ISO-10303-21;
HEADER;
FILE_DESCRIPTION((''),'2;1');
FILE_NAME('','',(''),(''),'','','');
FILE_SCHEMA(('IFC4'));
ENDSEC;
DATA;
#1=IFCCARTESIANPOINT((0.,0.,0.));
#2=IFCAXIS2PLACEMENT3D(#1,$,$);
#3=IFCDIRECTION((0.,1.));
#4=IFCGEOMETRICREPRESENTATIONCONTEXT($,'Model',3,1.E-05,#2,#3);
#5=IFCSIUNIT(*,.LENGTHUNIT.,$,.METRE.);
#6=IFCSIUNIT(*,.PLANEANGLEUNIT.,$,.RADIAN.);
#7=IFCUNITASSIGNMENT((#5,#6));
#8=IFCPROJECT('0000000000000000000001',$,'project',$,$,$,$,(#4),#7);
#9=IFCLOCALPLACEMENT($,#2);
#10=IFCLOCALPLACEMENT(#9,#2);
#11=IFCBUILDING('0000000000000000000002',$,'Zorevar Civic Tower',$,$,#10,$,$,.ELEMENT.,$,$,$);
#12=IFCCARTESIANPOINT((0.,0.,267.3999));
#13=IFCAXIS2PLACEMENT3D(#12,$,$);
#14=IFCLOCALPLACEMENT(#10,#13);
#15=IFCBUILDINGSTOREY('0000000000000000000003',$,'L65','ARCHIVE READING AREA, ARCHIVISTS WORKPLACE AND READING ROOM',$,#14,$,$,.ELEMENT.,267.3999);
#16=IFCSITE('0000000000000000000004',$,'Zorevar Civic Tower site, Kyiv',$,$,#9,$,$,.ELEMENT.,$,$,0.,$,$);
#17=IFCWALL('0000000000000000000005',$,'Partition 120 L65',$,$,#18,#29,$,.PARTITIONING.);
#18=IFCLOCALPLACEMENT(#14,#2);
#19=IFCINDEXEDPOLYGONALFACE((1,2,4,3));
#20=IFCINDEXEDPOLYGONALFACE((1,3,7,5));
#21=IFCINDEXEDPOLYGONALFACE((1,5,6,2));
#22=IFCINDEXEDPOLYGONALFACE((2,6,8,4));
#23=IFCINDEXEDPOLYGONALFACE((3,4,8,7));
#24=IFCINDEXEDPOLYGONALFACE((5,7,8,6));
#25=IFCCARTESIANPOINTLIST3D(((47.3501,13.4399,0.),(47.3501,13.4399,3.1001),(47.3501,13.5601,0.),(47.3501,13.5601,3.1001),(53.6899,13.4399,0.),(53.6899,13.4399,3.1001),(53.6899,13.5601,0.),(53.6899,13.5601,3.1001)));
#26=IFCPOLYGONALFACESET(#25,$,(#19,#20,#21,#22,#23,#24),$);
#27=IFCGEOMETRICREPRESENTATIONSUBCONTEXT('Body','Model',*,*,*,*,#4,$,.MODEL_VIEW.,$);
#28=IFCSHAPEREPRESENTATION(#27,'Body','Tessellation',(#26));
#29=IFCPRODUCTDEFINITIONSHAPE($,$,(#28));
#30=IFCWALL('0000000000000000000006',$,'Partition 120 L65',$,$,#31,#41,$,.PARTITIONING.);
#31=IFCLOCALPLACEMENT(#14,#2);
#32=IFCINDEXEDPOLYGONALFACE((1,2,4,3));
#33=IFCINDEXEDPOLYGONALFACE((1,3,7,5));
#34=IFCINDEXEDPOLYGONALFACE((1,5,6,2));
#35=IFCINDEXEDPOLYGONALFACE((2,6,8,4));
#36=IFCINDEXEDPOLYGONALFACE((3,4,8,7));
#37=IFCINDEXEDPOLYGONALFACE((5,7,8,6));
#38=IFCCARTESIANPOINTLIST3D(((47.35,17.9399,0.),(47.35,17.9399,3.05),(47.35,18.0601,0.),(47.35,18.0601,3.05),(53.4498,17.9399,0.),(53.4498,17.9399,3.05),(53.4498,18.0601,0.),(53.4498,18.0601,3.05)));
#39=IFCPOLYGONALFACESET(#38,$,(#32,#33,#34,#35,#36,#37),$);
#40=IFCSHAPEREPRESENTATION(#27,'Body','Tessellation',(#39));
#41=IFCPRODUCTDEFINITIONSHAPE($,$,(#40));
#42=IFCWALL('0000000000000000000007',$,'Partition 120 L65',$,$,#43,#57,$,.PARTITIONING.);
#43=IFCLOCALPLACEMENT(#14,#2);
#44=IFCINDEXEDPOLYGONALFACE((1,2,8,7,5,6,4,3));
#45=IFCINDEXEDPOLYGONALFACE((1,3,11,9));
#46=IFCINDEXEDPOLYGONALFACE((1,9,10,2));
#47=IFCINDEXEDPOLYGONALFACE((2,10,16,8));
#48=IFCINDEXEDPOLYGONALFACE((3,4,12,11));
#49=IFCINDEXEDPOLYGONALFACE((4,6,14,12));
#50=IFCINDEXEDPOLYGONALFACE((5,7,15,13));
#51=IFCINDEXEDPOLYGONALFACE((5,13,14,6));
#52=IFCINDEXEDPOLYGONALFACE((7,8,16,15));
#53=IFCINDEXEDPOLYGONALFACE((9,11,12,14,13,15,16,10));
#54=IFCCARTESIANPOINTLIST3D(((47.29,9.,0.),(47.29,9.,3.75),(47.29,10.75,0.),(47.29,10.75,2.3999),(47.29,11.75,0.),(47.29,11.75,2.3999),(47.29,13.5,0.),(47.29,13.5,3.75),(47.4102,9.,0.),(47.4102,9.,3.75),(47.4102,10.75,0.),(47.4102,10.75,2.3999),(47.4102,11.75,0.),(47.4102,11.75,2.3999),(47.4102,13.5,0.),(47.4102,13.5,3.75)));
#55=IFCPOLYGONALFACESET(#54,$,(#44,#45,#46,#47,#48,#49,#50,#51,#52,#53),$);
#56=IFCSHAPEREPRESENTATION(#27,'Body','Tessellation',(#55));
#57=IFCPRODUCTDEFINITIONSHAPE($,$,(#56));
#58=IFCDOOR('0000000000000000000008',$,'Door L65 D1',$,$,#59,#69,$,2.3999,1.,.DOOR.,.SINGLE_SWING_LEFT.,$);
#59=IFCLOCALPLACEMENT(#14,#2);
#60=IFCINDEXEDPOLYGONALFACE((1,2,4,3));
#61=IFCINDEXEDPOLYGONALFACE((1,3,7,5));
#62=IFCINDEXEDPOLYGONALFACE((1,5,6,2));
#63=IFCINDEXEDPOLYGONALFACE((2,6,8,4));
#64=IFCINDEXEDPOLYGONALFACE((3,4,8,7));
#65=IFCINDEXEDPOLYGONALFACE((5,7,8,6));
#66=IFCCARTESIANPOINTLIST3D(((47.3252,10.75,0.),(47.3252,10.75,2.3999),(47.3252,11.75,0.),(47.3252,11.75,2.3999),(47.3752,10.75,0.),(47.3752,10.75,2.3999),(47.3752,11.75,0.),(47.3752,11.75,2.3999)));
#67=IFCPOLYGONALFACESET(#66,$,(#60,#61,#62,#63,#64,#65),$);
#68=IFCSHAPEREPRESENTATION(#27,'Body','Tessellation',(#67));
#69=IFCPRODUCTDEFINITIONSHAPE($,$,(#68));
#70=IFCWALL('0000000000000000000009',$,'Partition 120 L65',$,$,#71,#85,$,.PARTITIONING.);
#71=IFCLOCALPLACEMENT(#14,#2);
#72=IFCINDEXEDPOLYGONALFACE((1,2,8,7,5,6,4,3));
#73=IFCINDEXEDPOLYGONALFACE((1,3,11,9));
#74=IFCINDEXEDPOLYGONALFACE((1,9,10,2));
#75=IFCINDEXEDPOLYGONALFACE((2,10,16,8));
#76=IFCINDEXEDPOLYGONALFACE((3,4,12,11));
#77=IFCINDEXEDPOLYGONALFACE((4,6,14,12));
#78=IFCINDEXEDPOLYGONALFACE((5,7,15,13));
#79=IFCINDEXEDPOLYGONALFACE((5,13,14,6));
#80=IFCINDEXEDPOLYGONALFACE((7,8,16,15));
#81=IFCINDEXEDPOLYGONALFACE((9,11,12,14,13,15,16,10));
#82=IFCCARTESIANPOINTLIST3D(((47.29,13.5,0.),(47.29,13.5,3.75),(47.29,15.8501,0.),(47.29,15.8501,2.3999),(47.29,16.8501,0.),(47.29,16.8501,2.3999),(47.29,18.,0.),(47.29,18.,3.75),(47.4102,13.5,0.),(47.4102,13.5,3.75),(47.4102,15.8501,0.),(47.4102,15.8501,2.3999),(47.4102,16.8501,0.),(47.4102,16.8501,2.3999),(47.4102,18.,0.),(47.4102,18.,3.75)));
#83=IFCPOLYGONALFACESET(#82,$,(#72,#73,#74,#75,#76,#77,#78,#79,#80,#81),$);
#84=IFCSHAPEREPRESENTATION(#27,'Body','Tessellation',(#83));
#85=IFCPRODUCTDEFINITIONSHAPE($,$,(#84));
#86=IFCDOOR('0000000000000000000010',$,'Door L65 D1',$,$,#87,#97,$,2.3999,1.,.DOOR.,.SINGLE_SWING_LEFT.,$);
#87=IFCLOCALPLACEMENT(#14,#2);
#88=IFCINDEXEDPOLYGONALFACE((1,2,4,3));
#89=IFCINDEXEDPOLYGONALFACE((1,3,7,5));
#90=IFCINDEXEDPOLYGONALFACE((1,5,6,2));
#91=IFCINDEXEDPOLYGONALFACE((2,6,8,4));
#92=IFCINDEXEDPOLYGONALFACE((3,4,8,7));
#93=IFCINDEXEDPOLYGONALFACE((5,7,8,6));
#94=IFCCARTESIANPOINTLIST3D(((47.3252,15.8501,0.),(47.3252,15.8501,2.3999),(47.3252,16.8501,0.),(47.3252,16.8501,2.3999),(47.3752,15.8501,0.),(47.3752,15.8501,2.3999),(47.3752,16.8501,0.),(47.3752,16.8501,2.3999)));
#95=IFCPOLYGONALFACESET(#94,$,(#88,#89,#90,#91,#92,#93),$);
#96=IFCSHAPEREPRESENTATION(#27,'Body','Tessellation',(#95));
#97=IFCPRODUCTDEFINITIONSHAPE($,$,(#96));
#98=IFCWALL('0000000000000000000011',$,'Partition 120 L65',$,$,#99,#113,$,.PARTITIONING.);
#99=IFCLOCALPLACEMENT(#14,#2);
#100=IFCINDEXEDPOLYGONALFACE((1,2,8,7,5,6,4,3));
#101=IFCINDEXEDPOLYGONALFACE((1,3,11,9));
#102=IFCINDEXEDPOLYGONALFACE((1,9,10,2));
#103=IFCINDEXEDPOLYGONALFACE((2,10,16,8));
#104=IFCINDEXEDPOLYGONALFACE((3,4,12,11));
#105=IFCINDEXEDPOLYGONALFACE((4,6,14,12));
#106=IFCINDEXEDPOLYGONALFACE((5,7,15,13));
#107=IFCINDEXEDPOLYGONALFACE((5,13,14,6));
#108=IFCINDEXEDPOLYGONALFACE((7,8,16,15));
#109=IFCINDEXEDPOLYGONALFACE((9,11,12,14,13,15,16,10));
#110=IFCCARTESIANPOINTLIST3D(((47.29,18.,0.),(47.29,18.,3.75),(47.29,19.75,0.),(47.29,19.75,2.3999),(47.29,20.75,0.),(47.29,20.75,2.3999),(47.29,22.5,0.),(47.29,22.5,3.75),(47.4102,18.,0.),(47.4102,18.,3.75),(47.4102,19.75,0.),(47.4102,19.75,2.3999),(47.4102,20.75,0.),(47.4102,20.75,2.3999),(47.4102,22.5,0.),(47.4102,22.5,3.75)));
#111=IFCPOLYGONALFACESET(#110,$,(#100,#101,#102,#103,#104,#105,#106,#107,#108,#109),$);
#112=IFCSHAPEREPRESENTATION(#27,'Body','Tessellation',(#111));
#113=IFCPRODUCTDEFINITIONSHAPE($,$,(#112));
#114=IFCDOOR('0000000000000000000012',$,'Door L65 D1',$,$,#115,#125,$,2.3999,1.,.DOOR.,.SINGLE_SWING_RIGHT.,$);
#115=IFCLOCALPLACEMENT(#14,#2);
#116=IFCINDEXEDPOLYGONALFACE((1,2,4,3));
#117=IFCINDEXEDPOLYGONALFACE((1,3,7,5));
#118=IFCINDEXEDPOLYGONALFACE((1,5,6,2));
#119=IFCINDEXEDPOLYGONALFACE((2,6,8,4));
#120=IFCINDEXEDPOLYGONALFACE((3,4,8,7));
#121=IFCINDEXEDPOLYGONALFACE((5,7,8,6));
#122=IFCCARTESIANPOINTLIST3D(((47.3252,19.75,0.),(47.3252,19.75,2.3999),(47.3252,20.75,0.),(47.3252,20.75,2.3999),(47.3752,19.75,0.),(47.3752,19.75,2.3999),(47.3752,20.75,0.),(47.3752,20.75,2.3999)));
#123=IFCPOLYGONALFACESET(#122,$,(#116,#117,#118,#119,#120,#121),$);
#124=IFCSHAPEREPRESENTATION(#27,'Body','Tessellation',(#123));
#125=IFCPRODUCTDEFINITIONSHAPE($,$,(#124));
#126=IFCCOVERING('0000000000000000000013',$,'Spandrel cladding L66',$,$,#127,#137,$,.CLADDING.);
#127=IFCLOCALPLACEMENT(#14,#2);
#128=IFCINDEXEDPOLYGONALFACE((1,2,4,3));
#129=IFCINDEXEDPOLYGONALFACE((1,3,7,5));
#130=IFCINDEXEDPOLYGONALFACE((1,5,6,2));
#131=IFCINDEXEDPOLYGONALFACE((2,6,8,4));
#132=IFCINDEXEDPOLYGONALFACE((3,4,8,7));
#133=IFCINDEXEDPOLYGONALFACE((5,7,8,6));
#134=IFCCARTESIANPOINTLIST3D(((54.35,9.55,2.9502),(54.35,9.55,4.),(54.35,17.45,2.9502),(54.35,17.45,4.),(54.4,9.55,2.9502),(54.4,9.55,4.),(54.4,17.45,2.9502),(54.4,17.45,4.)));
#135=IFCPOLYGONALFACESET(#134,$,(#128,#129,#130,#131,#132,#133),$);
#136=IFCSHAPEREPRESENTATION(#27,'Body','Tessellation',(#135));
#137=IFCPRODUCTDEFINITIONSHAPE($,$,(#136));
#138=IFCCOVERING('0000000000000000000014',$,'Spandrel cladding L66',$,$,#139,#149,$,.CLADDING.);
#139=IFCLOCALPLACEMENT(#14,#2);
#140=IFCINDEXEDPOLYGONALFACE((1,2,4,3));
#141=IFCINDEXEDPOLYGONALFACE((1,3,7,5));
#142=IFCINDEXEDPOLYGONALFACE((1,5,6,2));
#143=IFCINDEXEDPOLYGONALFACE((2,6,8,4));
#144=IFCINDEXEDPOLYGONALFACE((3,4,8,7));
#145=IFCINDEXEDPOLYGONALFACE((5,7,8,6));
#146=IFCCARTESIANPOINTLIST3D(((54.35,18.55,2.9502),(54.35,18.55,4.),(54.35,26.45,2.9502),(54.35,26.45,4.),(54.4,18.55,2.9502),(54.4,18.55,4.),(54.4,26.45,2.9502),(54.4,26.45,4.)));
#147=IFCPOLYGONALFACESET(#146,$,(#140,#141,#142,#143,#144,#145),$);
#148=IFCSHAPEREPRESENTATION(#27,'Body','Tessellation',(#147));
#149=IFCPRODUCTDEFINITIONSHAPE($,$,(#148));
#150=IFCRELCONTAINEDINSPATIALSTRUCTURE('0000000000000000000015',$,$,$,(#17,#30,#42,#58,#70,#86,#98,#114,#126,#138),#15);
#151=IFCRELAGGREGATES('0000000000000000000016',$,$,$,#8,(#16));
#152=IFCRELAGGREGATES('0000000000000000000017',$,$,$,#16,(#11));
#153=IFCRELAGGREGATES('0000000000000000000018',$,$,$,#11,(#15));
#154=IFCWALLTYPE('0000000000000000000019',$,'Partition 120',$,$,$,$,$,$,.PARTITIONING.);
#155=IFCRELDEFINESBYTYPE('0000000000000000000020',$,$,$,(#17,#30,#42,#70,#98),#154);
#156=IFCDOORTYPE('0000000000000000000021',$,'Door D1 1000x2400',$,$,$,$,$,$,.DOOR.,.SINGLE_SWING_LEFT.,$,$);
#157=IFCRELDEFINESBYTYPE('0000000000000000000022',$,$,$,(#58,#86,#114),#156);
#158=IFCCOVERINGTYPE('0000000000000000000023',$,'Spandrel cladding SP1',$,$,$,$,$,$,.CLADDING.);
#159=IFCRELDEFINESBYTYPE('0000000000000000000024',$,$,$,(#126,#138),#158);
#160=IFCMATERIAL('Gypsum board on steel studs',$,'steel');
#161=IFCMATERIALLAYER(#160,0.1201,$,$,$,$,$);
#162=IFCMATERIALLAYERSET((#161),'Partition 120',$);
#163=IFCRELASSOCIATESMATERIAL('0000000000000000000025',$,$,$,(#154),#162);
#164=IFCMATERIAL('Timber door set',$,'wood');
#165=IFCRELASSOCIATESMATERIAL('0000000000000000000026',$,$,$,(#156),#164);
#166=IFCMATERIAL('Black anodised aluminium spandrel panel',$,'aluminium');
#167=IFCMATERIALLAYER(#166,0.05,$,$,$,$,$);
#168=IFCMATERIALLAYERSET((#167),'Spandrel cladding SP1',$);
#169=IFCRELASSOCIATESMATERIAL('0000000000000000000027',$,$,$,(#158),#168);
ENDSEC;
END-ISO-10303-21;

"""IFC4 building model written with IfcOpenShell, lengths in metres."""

from ifc_helpers import new_model, si_unit, direction, frame, frame_2d, origin, place, context, subcontext, project, spatial, rectangle, extrude, material, layer, layer_set, type_object, element, fill, save


model = new_model("IFC4")

# Units and contexts
model_context = context("Model", 3, precision=1e-05, world=origin(), true_north=direction((0.0, 1.0)))
body_context = subcontext(model_context, "Body", "Model", "MODEL_VIEW")
ifc_project = project(units=[si_unit("LENGTHUNIT", "METRE"), si_unit("PLANEANGLEUNIT", "RADIAN")], contexts=[model_context])

# Site, building, storey
site_placement = place(None, origin())
site = spatial("IfcSite", under=ifc_project, at=site_placement, Name="Zorevar Civic Tower site, Kyiv", CompositionType="ELEMENT", RefElevation=0.0)
building_placement = place(site_placement, origin())
building = spatial("IfcBuilding", under=site, at=building_placement, Name="Zorevar Civic Tower", CompositionType="ELEMENT")
storey_placement = place(building_placement, frame((0.0, 0.0, 267.3999)))
storey = spatial("IfcBuildingStorey", under=building, at=storey_placement, Name="L65", Description="ARCHIVE READING AREA, ARCHIVISTS WORKPLACE AND READING ROOM", CompositionType="ELEMENT", Elevation=267.3999)

# Walls
ifc_material_1 = material(Name="Gypsum board on steel studs", Category="steel")
ifc_layer_1 = layer(ifc_material_1, 0.1201)
ifc_layer_set_1 = layer_set([ifc_layer_1], Name="Partition 120")
wall_type_1 = type_object("IfcWallType", Name="Partition 120", PredefinedType="PARTITIONING", material=ifc_layer_set_1)
wall_1_placement = place(storey_placement, frame((47.3501, 13.5, 0.0), z_axis=(0.0, 0.0, 1.0), x_axis=(1.0, 0.0, 0.0)))
element("IfcWall", 1, at=wall_1_placement, inside=storey, type_object=wall_type_1, Name="Partition 120 L65", PredefinedType="PARTITIONING", context=body_context, shape_type="SweptSolid", body=[
    extrude(rectangle(XDim=6.3398, YDim=0.1201, at=frame_2d((3.1699, 0.0))), origin(), (0.0, 0.0, 1.0), 3.1001),
])
wall_2_placement = place(storey_placement, frame((47.3501, 18.0, 0.0), z_axis=(0.0, 0.0, 1.0), x_axis=(1.0, 0.0, 0.0)))
element("IfcWall", 2, at=wall_2_placement, inside=storey, type_object=wall_type_1, Name="Partition 120 L65", PredefinedType="PARTITIONING", context=body_context, shape_type="SweptSolid", body=[
    extrude(rectangle(XDim=6.0999, YDim=0.1201, at=frame_2d((3.0498, 0.0))), origin(), (0.0, 0.0, 1.0), 3.05),
])

# Walls, openings, doors
wall_3_placement = place(storey_placement, frame((47.3501, 9.0, 0.0), z_axis=(0.0, 0.0, 1.0), x_axis=(0.0, 1.0, 0.0)))
wall_3 = element("IfcWall", 3, at=wall_3_placement, inside=storey, type_object=wall_type_1, Name="Partition 120 L65", PredefinedType="PARTITIONING", context=body_context, shape_type="SweptSolid", body=[
    extrude(rectangle(XDim=4.5, YDim=0.1201, at=frame_2d((2.25, 0.0))), origin(), (0.0, 0.0, 1.0), 3.75),
])
opening_1_placement = place(wall_3_placement, frame((1.75, 0.0, 0.0)))
opening_1 = element("IfcOpeningElement", 4, at=opening_1_placement, cuts=wall_3, PredefinedType="OPENING", context=body_context, shape_type="SweptSolid", body=[
    extrude(rectangle(XDim=1.0, YDim=2.3999, at=frame_2d((0.5, 1.2))), frame((0.0, 0.0701, 0.0), z_axis=(0.0, -1.0, 0.0), x_axis=(1.0, 0.0, 0.0)), (0.0, 0.0, 1.0), 0.1401),
])
ifc_material_2 = material(Name="Timber door set", Category="wood")
door_type_1 = type_object("IfcDoorType", Name="Door D1 1000x2400", OperationType="SINGLE_SWING_LEFT", PredefinedType="DOOR", material=ifc_material_2)
door_1_placement = place(opening_1_placement, origin())
door_1 = element("IfcDoor", 5, at=door_1_placement, inside=storey, type_object=door_type_1, Name="Door L65 D1", OperationType="SINGLE_SWING_LEFT", OverallHeight=2.3999, OverallWidth=1.0, PredefinedType="DOOR", context=body_context, shape_type="SweptSolid", body=[
    extrude(rectangle(XDim=1.0, YDim=2.3999, at=frame_2d((0.5, 1.2))), frame((0.0, 0.0249, 0.0), z_axis=(0.0, -1.0, 0.0), x_axis=(1.0, 0.0, 0.0)), (0.0, 0.0, 1.0), 0.05),
])
fill(opening_1, door_1)
wall_4_placement = place(storey_placement, frame((47.3501, 13.5, 0.0), z_axis=(0.0, 0.0, 1.0), x_axis=(0.0, 1.0, 0.0)))
wall_4 = element("IfcWall", 6, at=wall_4_placement, inside=storey, type_object=wall_type_1, Name="Partition 120 L65", PredefinedType="PARTITIONING", context=body_context, shape_type="SweptSolid", body=[
    extrude(rectangle(XDim=4.5, YDim=0.1201, at=frame_2d((2.25, 0.0))), origin(), (0.0, 0.0, 1.0), 3.75),
])
opening_2_placement = place(wall_4_placement, frame((2.3501, 0.0, 0.0)))
opening_2 = element("IfcOpeningElement", 7, at=opening_2_placement, cuts=wall_4, PredefinedType="OPENING", context=body_context, shape_type="SweptSolid", body=[
    extrude(rectangle(XDim=1.0, YDim=2.3999, at=frame_2d((0.5, 1.2))), frame((0.0, 0.0701, 0.0), z_axis=(0.0, -1.0, 0.0), x_axis=(1.0, 0.0, 0.0)), (0.0, 0.0, 1.0), 0.1401),
])
door_2_placement = place(opening_2_placement, origin())
door_2 = element("IfcDoor", 8, at=door_2_placement, inside=storey, type_object=door_type_1, Name="Door L65 D1", OperationType="SINGLE_SWING_LEFT", OverallHeight=2.3999, OverallWidth=1.0, PredefinedType="DOOR", context=body_context, shape_type="SweptSolid", body=[
    extrude(rectangle(XDim=1.0, YDim=2.3999, at=frame_2d((0.5, 1.2))), frame((0.0, 0.0249, 0.0), z_axis=(0.0, -1.0, 0.0), x_axis=(1.0, 0.0, 0.0)), (0.0, 0.0, 1.0), 0.05),
])
fill(opening_2, door_2)
wall_5_placement = place(storey_placement, frame((47.3501, 18.0, 0.0), z_axis=(0.0, 0.0, 1.0), x_axis=(0.0, 1.0, 0.0)))
wall_5 = element("IfcWall", 9, at=wall_5_placement, inside=storey, type_object=wall_type_1, Name="Partition 120 L65", PredefinedType="PARTITIONING", context=body_context, shape_type="SweptSolid", body=[
    extrude(rectangle(XDim=4.5, YDim=0.1201, at=frame_2d((2.25, 0.0))), origin(), (0.0, 0.0, 1.0), 3.75),
])
opening_3_placement = place(wall_5_placement, frame((1.75, 0.0, 0.0)))
opening_3 = element("IfcOpeningElement", 10, at=opening_3_placement, cuts=wall_5, PredefinedType="OPENING", context=body_context, shape_type="SweptSolid", body=[
    extrude(rectangle(XDim=1.0, YDim=2.3999, at=frame_2d((0.5, 1.2))), frame((0.0, 0.0701, 0.0), z_axis=(0.0, -1.0, 0.0), x_axis=(1.0, 0.0, 0.0)), (0.0, 0.0, 1.0), 0.1401),
])
door_3_placement = place(opening_3_placement, origin())
door_3 = element("IfcDoor", 11, at=door_3_placement, inside=storey, type_object=door_type_1, Name="Door L65 D1", OperationType="SINGLE_SWING_RIGHT", OverallHeight=2.3999, OverallWidth=1.0, PredefinedType="DOOR", context=body_context, shape_type="SweptSolid", body=[
    extrude(rectangle(XDim=1.0, YDim=2.3999, at=frame_2d((0.5, 1.2))), frame((0.0, 0.0249, 0.0), z_axis=(0.0, -1.0, 0.0), x_axis=(1.0, 0.0, 0.0)), (0.0, 0.0, 1.0), 0.05),
])
fill(opening_3, door_3)

# Coverings
ifc_material_3 = material(Name="Black anodised aluminium spandrel panel", Category="aluminium")
ifc_layer_2 = layer(ifc_material_3, 0.05)
ifc_layer_set_2 = layer_set([ifc_layer_2], Name="Spandrel cladding SP1")
covering_type = type_object("IfcCoveringType", Name="Spandrel cladding SP1", PredefinedType="CLADDING", material=ifc_layer_set_2)
for number, where, z_axis, x_axis, name in (
    (12, (54.375, 9.55, 2.9502), (0.0, 0.0, 1.0), (0.0, 1.0, 0.0), "Spandrel cladding L66"),
    (13, (54.375, 18.55, 2.9502), (0.0, 0.0, 1.0), (0.0, 1.0, 0.0), "Spandrel cladding L66"),
):
    element("IfcCovering", number, at=place(storey_placement, frame(where, z_axis=z_axis, x_axis=x_axis)), inside=storey, type_object=covering_type, Name=name, PredefinedType="CLADDING", context=body_context, shape_type="SweptSolid", body=[
        extrude(rectangle(XDim=7.8999, YDim=0.05, at=frame_2d((3.95, 0.0))), origin(), (0.0, 0.0, 1.0), 1.0498),
    ])

save(model, "model.ifc")
